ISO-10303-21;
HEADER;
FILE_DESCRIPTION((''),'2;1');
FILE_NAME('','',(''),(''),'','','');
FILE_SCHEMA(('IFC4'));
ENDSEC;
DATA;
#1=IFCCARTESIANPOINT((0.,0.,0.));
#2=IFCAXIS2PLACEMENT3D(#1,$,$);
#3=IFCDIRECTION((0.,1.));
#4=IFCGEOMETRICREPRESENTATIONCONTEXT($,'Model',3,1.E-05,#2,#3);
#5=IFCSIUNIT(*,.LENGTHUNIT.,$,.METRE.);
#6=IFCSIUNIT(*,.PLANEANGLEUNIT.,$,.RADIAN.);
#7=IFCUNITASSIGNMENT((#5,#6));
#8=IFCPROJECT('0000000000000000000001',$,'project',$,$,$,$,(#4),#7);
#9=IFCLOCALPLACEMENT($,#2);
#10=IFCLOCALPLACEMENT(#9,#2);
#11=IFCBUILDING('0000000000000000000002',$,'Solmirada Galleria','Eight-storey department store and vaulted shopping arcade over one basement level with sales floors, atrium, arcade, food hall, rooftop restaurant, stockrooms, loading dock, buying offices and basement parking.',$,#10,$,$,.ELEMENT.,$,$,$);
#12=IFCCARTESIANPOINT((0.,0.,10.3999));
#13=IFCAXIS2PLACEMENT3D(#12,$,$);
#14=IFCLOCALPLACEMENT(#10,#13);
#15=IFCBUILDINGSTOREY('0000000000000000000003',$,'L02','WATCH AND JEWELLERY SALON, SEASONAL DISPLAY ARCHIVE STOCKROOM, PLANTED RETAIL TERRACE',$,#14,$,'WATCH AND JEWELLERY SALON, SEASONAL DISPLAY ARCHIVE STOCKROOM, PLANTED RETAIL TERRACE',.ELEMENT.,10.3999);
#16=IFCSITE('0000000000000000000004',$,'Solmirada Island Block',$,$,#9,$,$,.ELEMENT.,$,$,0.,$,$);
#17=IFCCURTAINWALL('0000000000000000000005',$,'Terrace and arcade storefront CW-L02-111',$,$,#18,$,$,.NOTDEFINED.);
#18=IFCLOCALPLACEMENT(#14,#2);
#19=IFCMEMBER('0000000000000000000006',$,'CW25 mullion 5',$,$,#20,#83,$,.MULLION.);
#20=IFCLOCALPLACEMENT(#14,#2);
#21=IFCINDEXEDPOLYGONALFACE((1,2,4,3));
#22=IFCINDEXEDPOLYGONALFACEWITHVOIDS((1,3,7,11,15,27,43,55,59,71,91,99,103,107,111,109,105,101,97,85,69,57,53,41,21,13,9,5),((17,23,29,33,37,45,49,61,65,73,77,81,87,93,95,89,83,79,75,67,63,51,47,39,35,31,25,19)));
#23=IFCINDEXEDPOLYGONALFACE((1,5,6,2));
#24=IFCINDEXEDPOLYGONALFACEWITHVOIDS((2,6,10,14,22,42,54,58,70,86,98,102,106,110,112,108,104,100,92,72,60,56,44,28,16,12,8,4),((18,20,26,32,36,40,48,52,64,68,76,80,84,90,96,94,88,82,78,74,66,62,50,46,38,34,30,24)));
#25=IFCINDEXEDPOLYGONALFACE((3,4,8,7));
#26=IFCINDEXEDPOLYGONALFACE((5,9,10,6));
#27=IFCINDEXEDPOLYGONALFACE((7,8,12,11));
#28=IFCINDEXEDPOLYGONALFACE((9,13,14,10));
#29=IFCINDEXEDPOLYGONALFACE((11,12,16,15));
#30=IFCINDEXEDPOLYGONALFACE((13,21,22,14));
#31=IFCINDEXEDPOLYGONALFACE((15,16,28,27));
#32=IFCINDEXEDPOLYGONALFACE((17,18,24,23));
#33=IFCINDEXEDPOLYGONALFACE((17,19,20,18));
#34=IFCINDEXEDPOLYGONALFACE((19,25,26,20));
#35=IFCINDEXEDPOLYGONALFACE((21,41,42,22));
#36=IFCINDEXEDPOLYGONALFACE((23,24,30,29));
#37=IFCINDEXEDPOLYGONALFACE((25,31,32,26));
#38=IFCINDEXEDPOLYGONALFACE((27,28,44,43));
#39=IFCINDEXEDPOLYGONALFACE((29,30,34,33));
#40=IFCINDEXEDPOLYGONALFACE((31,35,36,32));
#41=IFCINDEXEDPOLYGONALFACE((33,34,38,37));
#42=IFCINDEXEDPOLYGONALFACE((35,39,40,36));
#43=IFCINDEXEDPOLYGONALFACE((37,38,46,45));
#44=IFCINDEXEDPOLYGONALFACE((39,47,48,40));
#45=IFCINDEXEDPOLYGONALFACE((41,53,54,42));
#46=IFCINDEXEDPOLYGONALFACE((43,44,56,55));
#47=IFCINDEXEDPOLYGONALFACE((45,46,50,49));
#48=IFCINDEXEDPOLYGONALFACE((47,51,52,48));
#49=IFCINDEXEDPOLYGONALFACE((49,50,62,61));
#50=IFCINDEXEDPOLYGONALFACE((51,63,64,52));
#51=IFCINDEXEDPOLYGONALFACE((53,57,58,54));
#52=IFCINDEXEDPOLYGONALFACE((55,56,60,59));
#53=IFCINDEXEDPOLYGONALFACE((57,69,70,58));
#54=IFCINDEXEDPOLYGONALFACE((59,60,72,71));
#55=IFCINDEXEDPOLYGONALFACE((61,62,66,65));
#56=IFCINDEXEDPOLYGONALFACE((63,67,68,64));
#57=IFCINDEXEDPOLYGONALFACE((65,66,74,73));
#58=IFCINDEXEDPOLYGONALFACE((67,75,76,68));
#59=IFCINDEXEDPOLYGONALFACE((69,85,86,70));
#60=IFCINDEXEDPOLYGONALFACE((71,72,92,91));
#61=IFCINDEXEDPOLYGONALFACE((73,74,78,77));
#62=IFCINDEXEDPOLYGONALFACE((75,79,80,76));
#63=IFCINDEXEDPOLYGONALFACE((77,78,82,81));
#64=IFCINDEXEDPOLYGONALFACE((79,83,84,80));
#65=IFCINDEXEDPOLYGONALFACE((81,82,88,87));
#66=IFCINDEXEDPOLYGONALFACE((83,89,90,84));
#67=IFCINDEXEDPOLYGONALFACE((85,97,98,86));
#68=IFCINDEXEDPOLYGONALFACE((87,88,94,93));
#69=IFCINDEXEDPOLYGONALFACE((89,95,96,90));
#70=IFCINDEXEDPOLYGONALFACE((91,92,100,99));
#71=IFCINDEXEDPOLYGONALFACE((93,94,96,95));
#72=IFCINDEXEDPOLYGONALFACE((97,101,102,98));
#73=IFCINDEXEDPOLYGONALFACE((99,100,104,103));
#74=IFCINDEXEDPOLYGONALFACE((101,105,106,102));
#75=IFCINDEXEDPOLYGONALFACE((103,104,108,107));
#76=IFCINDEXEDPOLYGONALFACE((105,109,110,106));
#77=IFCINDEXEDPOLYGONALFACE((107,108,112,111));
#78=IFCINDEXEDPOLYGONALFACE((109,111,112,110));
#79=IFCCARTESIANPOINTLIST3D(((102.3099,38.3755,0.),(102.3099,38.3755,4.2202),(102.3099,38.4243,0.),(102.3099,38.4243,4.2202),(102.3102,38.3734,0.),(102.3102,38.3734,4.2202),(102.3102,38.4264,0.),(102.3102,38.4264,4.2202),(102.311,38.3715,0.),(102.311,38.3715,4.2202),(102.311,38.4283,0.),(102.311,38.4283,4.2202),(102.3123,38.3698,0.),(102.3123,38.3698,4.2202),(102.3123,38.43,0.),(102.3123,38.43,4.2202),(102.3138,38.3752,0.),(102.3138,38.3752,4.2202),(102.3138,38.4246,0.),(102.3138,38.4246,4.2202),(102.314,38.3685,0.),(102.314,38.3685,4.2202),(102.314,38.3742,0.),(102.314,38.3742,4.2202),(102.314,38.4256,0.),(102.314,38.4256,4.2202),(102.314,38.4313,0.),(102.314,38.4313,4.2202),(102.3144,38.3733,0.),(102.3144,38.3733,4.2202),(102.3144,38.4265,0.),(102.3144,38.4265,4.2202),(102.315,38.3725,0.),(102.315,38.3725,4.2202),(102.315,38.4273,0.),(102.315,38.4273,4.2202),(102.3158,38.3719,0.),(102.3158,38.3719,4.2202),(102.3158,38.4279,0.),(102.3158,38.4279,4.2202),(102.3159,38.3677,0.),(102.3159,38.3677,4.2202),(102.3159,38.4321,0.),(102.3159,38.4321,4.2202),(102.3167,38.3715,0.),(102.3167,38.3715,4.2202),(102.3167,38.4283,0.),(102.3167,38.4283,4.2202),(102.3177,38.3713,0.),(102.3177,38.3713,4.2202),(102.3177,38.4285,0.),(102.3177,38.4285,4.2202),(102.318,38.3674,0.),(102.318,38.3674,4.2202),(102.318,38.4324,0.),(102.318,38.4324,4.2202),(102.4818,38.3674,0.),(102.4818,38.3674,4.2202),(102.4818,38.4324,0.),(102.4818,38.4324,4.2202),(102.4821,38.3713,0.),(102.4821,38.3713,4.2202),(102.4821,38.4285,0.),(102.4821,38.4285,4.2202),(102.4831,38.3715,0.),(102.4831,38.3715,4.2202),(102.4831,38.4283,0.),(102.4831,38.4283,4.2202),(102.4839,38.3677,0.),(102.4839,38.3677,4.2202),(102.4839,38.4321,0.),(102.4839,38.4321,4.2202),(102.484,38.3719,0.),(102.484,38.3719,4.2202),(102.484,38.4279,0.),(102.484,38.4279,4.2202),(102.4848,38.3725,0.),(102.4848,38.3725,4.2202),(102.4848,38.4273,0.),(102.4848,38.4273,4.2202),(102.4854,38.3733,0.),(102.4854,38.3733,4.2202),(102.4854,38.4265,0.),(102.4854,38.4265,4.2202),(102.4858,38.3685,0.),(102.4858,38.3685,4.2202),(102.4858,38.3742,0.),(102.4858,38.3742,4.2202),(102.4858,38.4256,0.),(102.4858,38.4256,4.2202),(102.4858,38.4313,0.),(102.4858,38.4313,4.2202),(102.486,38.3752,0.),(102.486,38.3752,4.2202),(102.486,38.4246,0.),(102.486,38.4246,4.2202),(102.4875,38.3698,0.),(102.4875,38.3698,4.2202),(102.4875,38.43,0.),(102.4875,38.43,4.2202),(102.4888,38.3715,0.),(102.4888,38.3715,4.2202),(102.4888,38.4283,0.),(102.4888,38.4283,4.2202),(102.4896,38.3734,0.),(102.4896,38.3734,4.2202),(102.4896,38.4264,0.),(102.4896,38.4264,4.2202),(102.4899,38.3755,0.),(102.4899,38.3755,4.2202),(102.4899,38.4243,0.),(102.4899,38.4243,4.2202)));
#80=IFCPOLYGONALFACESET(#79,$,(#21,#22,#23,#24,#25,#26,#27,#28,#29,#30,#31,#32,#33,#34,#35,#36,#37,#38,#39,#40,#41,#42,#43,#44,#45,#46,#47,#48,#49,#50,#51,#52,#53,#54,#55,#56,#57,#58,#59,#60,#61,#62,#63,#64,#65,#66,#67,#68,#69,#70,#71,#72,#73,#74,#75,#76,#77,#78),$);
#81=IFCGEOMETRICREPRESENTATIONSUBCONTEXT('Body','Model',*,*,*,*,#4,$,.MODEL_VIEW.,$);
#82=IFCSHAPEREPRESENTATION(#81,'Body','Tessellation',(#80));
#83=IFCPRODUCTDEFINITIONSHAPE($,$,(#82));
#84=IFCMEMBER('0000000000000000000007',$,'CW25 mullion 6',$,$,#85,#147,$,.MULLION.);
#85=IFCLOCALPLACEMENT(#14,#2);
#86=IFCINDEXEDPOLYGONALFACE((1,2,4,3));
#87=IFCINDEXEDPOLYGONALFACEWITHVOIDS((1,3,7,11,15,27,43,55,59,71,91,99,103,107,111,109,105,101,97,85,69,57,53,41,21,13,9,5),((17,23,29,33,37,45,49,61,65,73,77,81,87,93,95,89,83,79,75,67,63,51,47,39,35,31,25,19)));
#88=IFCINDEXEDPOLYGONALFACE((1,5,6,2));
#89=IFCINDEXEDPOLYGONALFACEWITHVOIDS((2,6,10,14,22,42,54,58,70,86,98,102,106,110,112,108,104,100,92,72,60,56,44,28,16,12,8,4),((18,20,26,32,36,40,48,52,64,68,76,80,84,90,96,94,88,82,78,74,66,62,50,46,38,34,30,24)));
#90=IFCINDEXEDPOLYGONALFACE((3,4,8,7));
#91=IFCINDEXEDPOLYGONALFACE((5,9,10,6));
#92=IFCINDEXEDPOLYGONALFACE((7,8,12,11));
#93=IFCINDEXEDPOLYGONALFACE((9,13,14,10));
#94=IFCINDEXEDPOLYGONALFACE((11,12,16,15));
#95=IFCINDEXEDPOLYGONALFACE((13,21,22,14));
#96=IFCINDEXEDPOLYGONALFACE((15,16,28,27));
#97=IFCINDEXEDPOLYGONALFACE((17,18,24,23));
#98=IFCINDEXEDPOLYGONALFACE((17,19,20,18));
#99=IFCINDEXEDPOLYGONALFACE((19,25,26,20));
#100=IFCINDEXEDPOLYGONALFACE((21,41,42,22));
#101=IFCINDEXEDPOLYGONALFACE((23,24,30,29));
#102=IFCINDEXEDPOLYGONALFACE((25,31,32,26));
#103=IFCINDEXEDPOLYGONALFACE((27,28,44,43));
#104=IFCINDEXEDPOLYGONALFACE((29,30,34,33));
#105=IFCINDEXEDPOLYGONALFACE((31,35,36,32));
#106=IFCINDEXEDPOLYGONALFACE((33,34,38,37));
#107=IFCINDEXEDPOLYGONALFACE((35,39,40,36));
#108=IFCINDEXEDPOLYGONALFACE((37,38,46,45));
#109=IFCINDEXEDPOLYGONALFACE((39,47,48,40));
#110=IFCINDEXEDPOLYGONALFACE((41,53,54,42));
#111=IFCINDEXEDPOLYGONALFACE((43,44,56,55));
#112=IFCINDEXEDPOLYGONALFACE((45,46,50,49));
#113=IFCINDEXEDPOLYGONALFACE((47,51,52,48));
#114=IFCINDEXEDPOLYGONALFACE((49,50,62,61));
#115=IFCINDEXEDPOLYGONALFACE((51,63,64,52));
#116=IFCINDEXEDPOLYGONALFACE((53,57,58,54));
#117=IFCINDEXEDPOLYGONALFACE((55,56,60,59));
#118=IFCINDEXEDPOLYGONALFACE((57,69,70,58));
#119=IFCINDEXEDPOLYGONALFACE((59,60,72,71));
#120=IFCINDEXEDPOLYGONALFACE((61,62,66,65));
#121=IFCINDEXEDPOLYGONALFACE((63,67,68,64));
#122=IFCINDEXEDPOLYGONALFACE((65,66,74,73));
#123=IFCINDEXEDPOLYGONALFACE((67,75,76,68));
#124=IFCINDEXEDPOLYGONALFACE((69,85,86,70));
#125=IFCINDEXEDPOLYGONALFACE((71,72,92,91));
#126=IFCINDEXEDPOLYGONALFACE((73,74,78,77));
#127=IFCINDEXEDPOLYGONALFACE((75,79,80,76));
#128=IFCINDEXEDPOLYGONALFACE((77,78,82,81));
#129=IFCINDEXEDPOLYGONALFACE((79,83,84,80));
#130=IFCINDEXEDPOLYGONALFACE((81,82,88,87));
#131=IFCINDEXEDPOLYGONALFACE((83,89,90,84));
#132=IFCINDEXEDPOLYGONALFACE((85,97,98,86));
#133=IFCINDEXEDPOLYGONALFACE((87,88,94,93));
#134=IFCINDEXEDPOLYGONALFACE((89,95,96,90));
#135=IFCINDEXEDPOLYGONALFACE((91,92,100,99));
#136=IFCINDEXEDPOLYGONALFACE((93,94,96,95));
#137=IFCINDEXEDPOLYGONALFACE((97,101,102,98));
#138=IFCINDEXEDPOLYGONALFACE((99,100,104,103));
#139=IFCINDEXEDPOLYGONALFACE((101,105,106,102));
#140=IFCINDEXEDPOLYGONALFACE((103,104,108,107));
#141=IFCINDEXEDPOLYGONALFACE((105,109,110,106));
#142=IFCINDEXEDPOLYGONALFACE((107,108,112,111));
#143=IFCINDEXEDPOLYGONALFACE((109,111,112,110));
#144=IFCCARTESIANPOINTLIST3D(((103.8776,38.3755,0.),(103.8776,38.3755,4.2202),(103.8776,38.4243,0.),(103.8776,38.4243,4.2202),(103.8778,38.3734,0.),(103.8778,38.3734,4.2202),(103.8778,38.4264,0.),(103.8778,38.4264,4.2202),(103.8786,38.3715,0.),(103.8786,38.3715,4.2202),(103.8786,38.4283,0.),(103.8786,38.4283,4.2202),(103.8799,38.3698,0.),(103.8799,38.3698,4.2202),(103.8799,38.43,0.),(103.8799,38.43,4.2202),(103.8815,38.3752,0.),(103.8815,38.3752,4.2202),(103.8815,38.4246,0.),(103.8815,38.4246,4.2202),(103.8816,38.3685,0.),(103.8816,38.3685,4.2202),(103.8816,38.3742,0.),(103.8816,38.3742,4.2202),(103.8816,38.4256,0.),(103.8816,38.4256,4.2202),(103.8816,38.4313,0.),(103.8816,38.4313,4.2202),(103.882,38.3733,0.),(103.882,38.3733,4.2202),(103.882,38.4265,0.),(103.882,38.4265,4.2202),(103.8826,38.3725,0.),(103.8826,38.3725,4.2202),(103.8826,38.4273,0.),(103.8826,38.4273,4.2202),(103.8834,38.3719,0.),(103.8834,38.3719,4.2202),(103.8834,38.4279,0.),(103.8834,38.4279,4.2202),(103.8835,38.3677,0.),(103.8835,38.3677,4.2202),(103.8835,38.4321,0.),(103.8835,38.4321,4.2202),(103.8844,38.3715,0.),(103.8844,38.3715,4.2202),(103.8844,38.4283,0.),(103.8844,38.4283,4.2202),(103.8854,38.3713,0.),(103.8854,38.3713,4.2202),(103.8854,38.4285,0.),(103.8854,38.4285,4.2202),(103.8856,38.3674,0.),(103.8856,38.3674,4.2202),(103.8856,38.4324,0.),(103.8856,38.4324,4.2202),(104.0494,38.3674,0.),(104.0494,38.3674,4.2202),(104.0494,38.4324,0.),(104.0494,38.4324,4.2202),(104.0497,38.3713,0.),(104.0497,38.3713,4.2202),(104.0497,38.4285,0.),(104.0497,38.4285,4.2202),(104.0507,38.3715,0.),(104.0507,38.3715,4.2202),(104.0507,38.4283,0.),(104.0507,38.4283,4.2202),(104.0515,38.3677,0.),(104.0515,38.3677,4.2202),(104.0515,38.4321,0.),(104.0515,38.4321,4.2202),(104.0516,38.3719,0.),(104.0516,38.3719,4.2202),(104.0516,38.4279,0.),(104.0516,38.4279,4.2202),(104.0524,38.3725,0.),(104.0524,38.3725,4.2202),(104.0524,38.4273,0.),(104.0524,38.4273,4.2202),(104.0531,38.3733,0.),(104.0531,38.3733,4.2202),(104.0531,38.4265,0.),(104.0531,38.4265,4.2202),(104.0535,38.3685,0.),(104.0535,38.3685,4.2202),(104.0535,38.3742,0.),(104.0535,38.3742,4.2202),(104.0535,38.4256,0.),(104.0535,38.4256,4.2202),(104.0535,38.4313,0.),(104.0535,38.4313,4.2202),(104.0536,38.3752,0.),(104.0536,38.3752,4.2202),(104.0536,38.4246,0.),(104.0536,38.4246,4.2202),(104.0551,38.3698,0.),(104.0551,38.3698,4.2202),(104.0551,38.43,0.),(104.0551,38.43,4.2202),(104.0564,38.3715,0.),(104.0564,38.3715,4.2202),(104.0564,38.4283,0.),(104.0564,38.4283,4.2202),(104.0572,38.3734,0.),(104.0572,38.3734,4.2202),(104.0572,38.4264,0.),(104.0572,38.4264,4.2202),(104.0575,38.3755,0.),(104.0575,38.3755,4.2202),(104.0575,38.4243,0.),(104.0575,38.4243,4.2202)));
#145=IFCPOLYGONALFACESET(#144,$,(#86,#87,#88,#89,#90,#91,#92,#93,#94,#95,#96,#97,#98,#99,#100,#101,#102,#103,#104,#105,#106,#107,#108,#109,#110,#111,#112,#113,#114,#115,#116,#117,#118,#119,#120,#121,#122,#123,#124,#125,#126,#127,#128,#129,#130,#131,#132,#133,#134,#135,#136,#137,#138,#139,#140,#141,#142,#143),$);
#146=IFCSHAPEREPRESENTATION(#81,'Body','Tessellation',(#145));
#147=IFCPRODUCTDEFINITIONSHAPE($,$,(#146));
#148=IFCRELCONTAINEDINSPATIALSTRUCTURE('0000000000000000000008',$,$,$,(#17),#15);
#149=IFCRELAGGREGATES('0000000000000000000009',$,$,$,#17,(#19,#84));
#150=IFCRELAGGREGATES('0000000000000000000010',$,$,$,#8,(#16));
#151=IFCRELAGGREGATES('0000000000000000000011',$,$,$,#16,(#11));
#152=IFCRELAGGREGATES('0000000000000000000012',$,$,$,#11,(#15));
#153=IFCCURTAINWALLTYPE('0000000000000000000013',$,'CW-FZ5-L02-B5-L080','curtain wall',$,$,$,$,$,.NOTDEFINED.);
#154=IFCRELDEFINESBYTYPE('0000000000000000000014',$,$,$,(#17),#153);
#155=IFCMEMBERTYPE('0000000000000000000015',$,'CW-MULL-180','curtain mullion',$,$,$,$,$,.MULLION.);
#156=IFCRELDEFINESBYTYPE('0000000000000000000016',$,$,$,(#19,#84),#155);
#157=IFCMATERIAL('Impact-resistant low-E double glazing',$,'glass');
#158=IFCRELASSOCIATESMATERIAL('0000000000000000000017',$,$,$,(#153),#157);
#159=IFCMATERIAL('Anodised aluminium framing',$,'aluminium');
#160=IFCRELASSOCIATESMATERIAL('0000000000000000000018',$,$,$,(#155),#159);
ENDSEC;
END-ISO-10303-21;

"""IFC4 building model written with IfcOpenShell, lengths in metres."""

from ifc_helpers import new_model, si_unit, direction, frame, origin, origin_2d, place, context, subcontext, project, spatial, hollow_rectangle, extrude, material, material_profile, profile_set, type_object, element, aggregate, save


model = new_model("IFC4")

# Units and contexts
model_context = context("Model", 3, precision=1e-05, world=origin(), true_north=direction((0.0, 1.0)))
body_context = subcontext(model_context, "Body", "Model", "MODEL_VIEW")
ifc_project = project(units=[si_unit("LENGTHUNIT", "METRE"), si_unit("PLANEANGLEUNIT", "RADIAN")], contexts=[model_context])

# Site, building, storey
site_placement = place(None, origin())
site = spatial("IfcSite", under=ifc_project, at=site_placement, Name="Solmirada Island Block", CompositionType="ELEMENT", RefElevation=0.0)
building_placement = place(site_placement, origin())
building = spatial("IfcBuilding", under=site, at=building_placement, Name="Solmirada Galleria", Description="Eight-storey department store and vaulted shopping arcade over one basement level with sales floors, atrium, arcade, food hall, rooftop restaurant, stockrooms, loading dock, buying offices and basement parking.", CompositionType="ELEMENT")
storey_placement = place(building_placement, frame((0.0, 0.0, 10.3999)))
storey = spatial("IfcBuildingStorey", under=building, at=storey_placement, Name="L02", Description="WATCH AND JEWELLERY SALON, SEASONAL DISPLAY ARCHIVE STOCKROOM, PLANTED RETAIL TERRACE", LongName="WATCH AND JEWELLERY SALON, SEASONAL DISPLAY ARCHIVE STOCKROOM, PLANTED RETAIL TERRACE", CompositionType="ELEMENT", Elevation=10.3999)

# Curtain wall, members
ifc_material_1 = material(Name="Impact-resistant low-E double glazing", Category="glass")
curtain_wall_type = type_object("IfcCurtainWallType", Name="CW-FZ5-L02-B5-L080", Description="curtain wall", PredefinedType="NOTDEFINED", material=ifc_material_1)
curtain_wall_1_placement = place(storey_placement, origin())
curtain_wall_1 = element("IfcCurtainWall", 1, at=curtain_wall_1_placement, inside=storey, type_object=curtain_wall_type, Name="Terrace and arcade storefront CW-L02-111", PredefinedType="NOTDEFINED")
ifc_material_2 = material(Name="Anodised aluminium framing", Category="aluminium")
ifc_material_profile_1 = material_profile(ifc_material_2, hollow_rectangle(XDim=0.0649, YDim=0.1799, WallThickness=0.0039, InnerFilletRadius=0.0039, OuterFilletRadius=0.0081, at=origin_2d()), Name="ALU-MULL-180X65")
ifc_profile_set_1 = profile_set([ifc_material_profile_1], Name="Anodised aluminium framing")
member_type_1 = type_object("IfcMemberType", Name="CW-MULL-180", Description="curtain mullion", PredefinedType="MULLION", material=ifc_profile_set_1)
member_1_placement = place(storey_placement, frame((102.3999, 38.3999, 0.0), z_axis=(0.0, 0.0, 1.0), x_axis=(0.0, 1.0, 0.0)))
member_1 = element("IfcMember", 2, at=member_1_placement, type_object=member_type_1, Name="CW25 mullion 5", PredefinedType="MULLION", context=body_context, shape_type="SweptSolid", body=[
    extrude(hollow_rectangle(XDim=0.0649, YDim=0.1799, WallThickness=0.0039, InnerFilletRadius=0.0039, OuterFilletRadius=0.0081, at=origin_2d()), origin(), (0.0, 0.0, 1.0), 4.2202),
])
member_2_placement = place(storey_placement, frame((103.9675, 38.3999, 0.0), z_axis=(0.0, 0.0, 1.0), x_axis=(0.0, 1.0, 0.0)))
member_2 = element("IfcMember", 3, at=member_2_placement, type_object=member_type_1, Name="CW25 mullion 6", PredefinedType="MULLION", context=body_context, shape_type="SweptSolid", body=[
    extrude(hollow_rectangle(XDim=0.0649, YDim=0.1799, WallThickness=0.0039, InnerFilletRadius=0.0039, OuterFilletRadius=0.0081, at=origin_2d()), origin(), (0.0, 0.0, 1.0), 4.2202),
])

aggregate(curtain_wall_1, [member_1, member_2])

save(model, "model.ifc")
